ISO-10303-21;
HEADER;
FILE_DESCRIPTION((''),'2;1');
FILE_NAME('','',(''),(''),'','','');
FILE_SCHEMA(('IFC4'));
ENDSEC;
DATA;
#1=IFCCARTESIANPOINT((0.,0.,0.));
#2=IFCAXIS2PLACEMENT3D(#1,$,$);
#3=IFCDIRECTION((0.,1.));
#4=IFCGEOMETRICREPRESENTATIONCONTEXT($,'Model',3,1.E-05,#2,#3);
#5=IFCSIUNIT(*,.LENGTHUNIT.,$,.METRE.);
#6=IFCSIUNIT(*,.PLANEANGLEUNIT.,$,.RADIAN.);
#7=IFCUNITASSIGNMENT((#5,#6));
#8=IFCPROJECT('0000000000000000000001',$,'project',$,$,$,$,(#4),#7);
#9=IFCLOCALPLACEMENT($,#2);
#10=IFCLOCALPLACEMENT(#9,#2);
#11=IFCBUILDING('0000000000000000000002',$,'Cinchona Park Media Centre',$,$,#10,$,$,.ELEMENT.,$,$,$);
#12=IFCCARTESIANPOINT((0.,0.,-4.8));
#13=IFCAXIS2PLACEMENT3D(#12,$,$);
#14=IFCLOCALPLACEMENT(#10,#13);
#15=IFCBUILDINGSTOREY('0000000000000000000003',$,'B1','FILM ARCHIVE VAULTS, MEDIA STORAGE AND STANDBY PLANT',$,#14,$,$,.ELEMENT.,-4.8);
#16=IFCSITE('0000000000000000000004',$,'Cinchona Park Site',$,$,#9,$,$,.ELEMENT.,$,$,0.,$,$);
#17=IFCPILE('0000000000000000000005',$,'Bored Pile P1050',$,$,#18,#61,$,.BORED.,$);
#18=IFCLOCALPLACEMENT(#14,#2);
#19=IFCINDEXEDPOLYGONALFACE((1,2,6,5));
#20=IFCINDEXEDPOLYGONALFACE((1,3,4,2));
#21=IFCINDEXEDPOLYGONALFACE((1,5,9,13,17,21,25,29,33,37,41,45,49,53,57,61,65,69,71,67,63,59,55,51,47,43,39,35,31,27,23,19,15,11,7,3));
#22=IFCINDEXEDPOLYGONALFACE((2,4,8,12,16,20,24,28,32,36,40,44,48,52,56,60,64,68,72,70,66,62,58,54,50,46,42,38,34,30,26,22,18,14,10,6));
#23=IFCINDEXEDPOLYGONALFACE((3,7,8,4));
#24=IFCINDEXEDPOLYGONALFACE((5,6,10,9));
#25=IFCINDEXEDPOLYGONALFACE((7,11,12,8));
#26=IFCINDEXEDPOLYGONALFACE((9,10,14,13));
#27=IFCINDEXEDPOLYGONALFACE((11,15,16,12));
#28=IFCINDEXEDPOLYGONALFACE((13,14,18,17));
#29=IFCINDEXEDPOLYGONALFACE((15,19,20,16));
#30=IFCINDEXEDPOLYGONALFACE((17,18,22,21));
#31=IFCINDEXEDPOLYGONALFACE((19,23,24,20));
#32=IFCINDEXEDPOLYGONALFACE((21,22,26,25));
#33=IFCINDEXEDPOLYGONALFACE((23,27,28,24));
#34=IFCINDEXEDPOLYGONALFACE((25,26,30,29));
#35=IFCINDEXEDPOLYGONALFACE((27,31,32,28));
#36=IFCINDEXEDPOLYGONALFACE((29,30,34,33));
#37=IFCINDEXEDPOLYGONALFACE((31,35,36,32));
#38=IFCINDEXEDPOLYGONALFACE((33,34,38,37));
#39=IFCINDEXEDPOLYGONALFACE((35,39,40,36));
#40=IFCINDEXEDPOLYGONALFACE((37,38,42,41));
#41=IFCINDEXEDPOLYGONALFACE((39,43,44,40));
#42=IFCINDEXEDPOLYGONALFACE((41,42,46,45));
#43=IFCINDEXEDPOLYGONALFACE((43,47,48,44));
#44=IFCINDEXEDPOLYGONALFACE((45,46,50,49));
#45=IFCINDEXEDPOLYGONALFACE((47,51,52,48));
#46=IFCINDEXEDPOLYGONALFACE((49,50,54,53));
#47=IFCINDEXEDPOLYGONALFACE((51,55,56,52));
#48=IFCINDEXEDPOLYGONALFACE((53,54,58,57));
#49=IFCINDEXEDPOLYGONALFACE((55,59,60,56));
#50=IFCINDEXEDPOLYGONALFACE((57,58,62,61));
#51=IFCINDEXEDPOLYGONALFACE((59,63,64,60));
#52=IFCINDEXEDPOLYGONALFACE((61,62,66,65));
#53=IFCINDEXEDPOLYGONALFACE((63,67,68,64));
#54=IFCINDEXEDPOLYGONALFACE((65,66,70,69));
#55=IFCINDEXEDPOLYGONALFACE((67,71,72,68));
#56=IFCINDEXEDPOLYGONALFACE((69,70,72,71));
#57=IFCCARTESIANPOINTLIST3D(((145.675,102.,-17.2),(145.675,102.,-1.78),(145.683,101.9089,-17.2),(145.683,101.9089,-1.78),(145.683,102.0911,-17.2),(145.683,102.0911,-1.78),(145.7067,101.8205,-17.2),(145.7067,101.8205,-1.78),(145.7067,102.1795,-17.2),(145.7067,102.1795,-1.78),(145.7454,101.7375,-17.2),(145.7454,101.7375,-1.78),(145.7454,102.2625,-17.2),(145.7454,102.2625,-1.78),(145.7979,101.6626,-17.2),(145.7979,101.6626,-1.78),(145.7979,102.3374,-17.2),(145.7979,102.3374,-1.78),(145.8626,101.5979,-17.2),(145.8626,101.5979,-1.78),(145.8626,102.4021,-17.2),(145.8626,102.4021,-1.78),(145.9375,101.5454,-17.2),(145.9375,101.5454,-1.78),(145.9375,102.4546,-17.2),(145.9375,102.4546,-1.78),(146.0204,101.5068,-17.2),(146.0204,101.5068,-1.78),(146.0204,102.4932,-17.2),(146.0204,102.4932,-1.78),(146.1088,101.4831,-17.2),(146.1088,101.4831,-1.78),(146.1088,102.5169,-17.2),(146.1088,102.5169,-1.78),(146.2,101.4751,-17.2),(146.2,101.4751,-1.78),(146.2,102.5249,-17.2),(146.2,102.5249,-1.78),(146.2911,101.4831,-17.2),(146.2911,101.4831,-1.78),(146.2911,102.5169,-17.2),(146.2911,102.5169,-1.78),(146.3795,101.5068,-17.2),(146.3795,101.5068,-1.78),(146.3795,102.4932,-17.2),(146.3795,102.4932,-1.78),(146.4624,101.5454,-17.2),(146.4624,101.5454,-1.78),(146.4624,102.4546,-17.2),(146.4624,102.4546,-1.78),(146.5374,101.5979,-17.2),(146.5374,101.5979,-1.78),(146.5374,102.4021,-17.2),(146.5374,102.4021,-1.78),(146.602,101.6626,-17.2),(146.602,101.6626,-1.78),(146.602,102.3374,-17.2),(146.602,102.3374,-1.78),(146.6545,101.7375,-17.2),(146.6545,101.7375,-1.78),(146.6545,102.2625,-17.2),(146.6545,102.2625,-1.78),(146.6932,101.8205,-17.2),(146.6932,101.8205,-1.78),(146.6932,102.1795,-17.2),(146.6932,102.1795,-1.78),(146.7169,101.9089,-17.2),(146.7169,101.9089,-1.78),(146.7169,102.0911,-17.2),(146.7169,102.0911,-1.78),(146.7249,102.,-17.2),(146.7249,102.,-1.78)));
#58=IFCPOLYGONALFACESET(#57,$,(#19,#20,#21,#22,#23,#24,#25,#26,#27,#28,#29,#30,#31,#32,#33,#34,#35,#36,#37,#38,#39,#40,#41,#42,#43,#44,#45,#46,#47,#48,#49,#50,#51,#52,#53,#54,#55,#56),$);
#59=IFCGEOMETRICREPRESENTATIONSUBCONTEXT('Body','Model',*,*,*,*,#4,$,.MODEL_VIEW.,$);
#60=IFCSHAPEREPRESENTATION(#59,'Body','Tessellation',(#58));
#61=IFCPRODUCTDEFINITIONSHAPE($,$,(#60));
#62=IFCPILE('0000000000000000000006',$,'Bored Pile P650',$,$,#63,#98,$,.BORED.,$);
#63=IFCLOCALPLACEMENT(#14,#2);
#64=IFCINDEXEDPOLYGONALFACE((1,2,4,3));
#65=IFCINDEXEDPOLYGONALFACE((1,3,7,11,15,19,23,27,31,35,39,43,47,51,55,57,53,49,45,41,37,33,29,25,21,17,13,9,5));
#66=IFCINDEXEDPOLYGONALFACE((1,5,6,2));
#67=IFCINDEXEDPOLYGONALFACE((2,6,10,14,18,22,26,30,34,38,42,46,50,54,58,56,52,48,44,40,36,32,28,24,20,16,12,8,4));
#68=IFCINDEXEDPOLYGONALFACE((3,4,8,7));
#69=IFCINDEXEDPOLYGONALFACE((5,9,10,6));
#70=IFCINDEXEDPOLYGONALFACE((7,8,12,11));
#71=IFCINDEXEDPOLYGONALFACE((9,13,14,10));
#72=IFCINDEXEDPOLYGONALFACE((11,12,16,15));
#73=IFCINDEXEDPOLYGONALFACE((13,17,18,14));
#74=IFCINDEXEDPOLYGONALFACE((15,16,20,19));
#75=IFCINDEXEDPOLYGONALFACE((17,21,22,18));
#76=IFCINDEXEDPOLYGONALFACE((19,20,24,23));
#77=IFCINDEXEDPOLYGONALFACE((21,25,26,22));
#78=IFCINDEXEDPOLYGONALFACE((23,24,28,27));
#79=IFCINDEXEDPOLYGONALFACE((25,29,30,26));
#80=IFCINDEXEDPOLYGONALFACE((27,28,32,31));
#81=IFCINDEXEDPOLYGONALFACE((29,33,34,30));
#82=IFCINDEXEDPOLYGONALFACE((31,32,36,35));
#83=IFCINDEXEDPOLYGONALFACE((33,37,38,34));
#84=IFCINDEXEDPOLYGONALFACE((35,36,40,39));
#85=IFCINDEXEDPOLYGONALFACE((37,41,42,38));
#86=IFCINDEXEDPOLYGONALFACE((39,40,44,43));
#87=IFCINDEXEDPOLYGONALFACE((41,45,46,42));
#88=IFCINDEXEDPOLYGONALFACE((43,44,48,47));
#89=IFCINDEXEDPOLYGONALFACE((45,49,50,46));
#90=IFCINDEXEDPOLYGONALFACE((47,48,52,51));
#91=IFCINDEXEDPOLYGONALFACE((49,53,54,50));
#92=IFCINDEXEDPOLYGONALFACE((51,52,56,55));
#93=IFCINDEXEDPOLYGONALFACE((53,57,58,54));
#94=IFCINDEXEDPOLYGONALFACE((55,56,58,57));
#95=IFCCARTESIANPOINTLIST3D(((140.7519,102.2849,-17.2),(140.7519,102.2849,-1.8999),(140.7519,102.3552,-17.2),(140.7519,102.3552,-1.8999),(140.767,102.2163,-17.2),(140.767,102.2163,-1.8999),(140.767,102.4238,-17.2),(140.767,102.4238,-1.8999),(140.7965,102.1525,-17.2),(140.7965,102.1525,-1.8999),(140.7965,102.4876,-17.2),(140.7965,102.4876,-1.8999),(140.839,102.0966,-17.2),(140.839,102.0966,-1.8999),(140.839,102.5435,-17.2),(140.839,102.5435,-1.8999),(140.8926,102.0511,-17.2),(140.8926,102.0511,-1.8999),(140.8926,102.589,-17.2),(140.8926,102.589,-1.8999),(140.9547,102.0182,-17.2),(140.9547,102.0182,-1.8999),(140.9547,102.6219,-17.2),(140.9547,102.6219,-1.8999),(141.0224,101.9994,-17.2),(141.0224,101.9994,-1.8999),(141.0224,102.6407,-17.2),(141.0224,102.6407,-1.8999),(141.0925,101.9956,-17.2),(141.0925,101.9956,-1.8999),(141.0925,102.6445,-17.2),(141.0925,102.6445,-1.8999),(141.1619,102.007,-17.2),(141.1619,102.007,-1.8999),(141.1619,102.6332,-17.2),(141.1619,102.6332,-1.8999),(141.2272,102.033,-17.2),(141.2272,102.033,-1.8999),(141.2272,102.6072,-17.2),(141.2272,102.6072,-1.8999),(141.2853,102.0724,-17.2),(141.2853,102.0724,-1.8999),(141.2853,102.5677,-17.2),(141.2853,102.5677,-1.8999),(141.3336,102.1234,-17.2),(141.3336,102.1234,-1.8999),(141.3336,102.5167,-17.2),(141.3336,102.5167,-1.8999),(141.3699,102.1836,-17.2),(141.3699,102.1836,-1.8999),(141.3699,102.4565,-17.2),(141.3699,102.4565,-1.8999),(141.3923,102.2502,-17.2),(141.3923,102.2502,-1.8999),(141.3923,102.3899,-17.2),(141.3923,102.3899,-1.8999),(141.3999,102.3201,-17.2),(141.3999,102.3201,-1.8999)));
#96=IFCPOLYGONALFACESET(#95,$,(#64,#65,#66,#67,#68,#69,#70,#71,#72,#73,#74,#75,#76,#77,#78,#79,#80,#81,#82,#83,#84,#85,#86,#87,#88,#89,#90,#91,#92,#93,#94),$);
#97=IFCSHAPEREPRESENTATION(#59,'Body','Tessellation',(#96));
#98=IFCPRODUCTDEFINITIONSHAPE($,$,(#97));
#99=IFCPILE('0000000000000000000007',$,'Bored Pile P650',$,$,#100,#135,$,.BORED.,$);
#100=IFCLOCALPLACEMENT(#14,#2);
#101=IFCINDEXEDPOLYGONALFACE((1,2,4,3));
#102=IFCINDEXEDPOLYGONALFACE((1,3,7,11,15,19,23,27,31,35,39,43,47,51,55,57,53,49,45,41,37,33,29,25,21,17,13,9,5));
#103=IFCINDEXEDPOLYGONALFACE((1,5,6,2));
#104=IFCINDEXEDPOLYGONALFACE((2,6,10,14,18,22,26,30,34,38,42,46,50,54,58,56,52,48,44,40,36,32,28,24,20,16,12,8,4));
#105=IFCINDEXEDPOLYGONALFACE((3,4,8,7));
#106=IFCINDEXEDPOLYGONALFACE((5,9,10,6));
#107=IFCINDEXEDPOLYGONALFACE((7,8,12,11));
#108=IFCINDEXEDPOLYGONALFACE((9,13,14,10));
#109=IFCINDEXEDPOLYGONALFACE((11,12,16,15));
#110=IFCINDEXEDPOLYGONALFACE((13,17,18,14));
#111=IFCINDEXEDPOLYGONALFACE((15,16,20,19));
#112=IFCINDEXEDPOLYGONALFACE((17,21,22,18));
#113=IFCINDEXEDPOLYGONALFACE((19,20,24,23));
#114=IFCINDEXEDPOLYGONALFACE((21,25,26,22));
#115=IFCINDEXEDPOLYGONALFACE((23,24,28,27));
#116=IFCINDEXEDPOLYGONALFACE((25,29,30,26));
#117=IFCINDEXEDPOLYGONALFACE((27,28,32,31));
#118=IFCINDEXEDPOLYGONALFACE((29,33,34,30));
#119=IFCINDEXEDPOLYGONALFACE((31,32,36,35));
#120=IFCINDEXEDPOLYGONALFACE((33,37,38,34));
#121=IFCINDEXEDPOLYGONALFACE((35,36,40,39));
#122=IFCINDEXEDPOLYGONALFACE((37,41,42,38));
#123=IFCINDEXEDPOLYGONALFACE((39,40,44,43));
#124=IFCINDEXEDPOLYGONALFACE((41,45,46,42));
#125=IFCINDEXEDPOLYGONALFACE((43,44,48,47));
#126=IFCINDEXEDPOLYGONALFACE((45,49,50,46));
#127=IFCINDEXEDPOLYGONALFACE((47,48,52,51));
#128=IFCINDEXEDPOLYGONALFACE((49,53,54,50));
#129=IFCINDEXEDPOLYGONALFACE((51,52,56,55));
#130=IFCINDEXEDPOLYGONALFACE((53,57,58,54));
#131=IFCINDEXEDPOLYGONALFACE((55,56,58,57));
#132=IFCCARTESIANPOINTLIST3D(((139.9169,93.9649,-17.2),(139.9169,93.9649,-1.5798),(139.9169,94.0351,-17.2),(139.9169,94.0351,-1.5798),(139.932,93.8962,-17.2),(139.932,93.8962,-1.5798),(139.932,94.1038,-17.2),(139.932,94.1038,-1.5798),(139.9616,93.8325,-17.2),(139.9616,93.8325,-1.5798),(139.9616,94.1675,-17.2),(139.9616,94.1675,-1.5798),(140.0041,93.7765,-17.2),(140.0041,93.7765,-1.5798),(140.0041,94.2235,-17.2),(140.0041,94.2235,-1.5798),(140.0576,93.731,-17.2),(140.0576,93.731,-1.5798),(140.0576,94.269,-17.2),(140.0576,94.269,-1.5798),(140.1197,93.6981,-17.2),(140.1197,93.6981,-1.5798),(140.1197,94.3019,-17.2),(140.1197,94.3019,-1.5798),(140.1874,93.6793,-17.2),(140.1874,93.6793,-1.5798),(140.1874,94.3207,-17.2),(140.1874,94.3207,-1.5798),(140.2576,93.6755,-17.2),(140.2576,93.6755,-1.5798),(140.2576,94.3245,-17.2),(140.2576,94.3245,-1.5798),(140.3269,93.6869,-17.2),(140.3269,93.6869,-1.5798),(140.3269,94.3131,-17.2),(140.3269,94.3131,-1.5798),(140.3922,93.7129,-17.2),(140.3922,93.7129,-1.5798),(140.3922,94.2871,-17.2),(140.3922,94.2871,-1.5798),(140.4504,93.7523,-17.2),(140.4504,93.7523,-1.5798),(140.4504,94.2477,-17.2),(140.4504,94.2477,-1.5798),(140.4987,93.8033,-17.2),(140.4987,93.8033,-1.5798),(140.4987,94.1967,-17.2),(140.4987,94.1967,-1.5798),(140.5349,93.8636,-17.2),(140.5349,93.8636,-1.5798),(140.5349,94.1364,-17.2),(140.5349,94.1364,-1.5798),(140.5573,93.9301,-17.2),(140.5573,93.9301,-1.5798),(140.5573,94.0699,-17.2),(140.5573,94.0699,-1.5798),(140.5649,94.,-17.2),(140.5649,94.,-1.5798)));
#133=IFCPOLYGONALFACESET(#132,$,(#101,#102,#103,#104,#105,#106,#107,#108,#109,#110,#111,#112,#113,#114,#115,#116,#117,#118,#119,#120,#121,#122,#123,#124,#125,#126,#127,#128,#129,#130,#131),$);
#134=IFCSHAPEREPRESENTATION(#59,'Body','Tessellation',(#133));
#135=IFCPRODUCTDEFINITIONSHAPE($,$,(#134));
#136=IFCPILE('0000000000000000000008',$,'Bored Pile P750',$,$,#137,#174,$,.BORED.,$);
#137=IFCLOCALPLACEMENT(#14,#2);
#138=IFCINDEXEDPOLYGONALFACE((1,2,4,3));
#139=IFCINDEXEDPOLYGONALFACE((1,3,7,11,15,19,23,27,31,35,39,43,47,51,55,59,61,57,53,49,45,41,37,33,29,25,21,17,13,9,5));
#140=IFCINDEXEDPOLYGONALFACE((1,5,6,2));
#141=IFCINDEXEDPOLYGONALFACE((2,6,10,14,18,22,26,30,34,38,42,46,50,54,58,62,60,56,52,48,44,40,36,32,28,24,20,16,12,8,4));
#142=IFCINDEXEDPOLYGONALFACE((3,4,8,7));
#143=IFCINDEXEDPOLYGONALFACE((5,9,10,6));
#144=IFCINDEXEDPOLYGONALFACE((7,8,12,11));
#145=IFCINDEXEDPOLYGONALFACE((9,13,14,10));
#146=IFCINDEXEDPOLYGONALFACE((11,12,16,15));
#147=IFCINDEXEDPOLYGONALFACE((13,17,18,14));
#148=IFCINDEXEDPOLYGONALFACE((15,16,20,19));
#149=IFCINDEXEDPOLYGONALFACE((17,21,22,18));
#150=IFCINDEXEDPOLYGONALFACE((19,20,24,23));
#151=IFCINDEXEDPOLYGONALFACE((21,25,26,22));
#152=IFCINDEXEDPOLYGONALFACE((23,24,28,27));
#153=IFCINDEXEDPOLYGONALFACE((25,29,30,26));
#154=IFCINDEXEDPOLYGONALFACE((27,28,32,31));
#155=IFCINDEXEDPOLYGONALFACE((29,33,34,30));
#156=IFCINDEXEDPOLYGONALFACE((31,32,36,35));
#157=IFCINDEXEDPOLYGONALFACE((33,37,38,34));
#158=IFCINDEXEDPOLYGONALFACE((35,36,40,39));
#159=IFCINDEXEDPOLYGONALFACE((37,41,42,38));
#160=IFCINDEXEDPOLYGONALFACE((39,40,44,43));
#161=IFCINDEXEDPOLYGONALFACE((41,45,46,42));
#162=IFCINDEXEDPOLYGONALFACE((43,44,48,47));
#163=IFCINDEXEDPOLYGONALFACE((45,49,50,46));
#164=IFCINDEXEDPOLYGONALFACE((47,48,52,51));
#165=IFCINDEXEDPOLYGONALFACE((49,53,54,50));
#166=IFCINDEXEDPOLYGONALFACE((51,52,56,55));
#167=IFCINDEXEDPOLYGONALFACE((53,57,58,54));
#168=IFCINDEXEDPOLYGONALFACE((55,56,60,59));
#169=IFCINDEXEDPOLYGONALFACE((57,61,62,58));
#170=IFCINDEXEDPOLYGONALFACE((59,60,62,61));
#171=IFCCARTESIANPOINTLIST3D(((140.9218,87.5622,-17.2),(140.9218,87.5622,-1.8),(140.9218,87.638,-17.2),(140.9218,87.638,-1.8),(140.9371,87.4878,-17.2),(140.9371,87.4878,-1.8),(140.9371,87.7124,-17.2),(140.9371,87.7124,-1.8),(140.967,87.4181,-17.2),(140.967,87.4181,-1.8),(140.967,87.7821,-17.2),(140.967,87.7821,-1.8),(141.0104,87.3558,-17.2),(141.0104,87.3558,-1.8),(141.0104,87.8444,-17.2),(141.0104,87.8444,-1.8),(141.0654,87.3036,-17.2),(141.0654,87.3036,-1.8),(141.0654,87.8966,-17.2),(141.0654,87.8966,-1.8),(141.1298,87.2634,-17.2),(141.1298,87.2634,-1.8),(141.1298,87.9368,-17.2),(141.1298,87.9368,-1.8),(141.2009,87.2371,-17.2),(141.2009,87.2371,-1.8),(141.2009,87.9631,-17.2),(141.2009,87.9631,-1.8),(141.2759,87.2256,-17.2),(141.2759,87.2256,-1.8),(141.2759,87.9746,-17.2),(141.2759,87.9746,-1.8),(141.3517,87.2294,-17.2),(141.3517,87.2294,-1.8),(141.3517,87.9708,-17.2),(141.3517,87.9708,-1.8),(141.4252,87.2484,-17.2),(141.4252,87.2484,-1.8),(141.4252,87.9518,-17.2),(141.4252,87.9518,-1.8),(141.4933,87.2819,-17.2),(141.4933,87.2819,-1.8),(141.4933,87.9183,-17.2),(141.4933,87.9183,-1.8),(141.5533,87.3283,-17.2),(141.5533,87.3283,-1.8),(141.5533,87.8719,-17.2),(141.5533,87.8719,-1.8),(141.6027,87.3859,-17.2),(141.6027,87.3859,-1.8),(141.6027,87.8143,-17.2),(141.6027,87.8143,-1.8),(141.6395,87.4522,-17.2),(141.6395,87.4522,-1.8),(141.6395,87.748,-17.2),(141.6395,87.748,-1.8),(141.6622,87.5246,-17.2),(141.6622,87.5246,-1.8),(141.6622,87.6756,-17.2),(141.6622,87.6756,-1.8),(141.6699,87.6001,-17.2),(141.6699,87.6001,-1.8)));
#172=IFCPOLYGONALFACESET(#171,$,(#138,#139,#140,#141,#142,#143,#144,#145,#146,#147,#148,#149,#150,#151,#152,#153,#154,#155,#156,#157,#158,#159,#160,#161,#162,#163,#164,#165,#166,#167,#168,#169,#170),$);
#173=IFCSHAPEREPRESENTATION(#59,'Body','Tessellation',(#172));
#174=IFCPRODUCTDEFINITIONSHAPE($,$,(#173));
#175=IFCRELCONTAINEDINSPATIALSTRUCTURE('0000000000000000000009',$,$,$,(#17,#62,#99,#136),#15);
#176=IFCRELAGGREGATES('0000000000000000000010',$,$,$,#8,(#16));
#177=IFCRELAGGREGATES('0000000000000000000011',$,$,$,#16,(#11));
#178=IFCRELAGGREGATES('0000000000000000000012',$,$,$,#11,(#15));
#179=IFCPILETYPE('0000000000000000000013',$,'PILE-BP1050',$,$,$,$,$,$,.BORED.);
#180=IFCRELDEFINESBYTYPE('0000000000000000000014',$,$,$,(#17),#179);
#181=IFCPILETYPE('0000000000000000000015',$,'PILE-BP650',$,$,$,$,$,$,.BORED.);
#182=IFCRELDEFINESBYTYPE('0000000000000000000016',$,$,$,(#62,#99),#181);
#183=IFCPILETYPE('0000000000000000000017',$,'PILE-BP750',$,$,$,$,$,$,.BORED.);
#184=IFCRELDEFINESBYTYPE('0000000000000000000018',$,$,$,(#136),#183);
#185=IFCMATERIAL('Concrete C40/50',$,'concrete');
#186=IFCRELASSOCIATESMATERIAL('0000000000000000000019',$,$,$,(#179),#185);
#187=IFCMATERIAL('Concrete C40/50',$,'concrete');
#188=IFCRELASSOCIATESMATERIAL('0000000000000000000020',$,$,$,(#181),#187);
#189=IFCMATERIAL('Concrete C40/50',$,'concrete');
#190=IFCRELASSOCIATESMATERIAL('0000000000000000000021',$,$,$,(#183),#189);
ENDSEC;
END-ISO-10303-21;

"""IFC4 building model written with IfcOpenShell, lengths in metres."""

from ifc_helpers import new_model, si_unit, direction, frame, origin, origin_2d, place, context, subcontext, project, spatial, circle, extrude, material, material_profile, profile_set, type_object, element, save


model = new_model("IFC4")

# Units and contexts
model_context = context("Model", 3, precision=1e-05, world=origin(), true_north=direction((0.0, 1.0)))
body_context = subcontext(model_context, "Body", "Model", "MODEL_VIEW")
ifc_project = project(units=[si_unit("LENGTHUNIT", "METRE"), si_unit("PLANEANGLEUNIT", "RADIAN")], contexts=[model_context])

# Site, building, storey
site_placement = place(None, origin())
site = spatial("IfcSite", under=ifc_project, at=site_placement, Name="Cinchona Park Site", CompositionType="ELEMENT", RefElevation=0.0)
building_placement = place(site_placement, origin())
building = spatial("IfcBuilding", under=site, at=building_placement, Name="Cinchona Park Media Centre", CompositionType="ELEMENT")
storey_placement = place(building_placement, frame((0.0, 0.0, -4.8)))
storey = spatial("IfcBuildingStorey", under=building, at=storey_placement, Name="B1", Description="FILM ARCHIVE VAULTS, MEDIA STORAGE AND STANDBY PLANT", CompositionType="ELEMENT", Elevation=-4.8)

# Piles
ifc_material_1 = material(Name="Concrete C40/50", Category="concrete")
ifc_material_profile_1 = material_profile(ifc_material_1, circle(Radius=0.5249, at=origin_2d()), Name="BORED PILE 1050")
ifc_profile_set_1 = profile_set([ifc_material_profile_1], Name="Concrete C40/50")
pile_type_1 = type_object("IfcPileType", Name="PILE-BP1050", PredefinedType="BORED", material=ifc_profile_set_1)
pile_1_placement = place(storey_placement, frame((146.2, 102.0, -1.78), z_axis=(0.0, 0.0, -1.0), x_axis=(1.0, 0.0, 0.0)))
element("IfcPile", 1, at=pile_1_placement, inside=storey, type_object=pile_type_1, Name="Bored Pile P1050", PredefinedType="BORED", context=body_context, shape_type="SweptSolid", body=[
    extrude(circle(Radius=0.5249, at=origin_2d()), origin(), (0.0, 0.0, 1.0), 15.4199),
])
ifc_material_2 = material(Name="Concrete C40/50", Category="concrete")
ifc_material_profile_2 = material_profile(ifc_material_2, circle(Radius=0.325, at=origin_2d()), Name="BORED PILE 650")
ifc_profile_set_2 = profile_set([ifc_material_profile_2], Name="Concrete C40/50")
pile_type_2 = type_object("IfcPileType", Name="PILE-BP650", PredefinedType="BORED", material=ifc_profile_set_2)
pile_2_placement = place(storey_placement, frame((141.075, 102.3201, -1.8999), z_axis=(0.0, 0.0, -1.0), x_axis=(1.0, 0.0, 0.0)))
element("IfcPile", 2, at=pile_2_placement, inside=storey, type_object=pile_type_2, Name="Bored Pile P650", PredefinedType="BORED", context=body_context, shape_type="SweptSolid", body=[
    extrude(circle(Radius=0.325, at=origin_2d()), origin(), (0.0, 0.0, 1.0), 15.3),
])
pile_3_placement = place(storey_placement, frame((140.24, 94.0, -1.5798), z_axis=(0.0, 0.0, -1.0), x_axis=(1.0, 0.0, 0.0)))
element("IfcPile", 3, at=pile_3_placement, inside=storey, type_object=pile_type_2, Name="Bored Pile P650", PredefinedType="BORED", context=body_context, shape_type="SweptSolid", body=[
    extrude(circle(Radius=0.325, at=origin_2d()), origin(), (0.0, 0.0, 1.0), 15.6201),
])
ifc_material_3 = material(Name="Concrete C40/50", Category="concrete")
ifc_material_profile_3 = material_profile(ifc_material_3, circle(Radius=0.375, at=origin_2d()), Name="BORED PILE 750")
ifc_profile_set_3 = profile_set([ifc_material_profile_3], Name="Concrete C40/50")
pile_type_3 = type_object("IfcPileType", Name="PILE-BP750", PredefinedType="BORED", material=ifc_profile_set_3)
pile_4_placement = place(storey_placement, frame((141.2949, 87.6001, -1.8), z_axis=(0.0, 0.0, -1.0), x_axis=(1.0, 0.0, 0.0)))
element("IfcPile", 4, at=pile_4_placement, inside=storey, type_object=pile_type_3, Name="Bored Pile P750", PredefinedType="BORED", context=body_context, shape_type="SweptSolid", body=[
    extrude(circle(Radius=0.375, at=origin_2d()), origin(), (0.0, 0.0, 1.0), 15.3999),
])

save(model, "model.ifc")
